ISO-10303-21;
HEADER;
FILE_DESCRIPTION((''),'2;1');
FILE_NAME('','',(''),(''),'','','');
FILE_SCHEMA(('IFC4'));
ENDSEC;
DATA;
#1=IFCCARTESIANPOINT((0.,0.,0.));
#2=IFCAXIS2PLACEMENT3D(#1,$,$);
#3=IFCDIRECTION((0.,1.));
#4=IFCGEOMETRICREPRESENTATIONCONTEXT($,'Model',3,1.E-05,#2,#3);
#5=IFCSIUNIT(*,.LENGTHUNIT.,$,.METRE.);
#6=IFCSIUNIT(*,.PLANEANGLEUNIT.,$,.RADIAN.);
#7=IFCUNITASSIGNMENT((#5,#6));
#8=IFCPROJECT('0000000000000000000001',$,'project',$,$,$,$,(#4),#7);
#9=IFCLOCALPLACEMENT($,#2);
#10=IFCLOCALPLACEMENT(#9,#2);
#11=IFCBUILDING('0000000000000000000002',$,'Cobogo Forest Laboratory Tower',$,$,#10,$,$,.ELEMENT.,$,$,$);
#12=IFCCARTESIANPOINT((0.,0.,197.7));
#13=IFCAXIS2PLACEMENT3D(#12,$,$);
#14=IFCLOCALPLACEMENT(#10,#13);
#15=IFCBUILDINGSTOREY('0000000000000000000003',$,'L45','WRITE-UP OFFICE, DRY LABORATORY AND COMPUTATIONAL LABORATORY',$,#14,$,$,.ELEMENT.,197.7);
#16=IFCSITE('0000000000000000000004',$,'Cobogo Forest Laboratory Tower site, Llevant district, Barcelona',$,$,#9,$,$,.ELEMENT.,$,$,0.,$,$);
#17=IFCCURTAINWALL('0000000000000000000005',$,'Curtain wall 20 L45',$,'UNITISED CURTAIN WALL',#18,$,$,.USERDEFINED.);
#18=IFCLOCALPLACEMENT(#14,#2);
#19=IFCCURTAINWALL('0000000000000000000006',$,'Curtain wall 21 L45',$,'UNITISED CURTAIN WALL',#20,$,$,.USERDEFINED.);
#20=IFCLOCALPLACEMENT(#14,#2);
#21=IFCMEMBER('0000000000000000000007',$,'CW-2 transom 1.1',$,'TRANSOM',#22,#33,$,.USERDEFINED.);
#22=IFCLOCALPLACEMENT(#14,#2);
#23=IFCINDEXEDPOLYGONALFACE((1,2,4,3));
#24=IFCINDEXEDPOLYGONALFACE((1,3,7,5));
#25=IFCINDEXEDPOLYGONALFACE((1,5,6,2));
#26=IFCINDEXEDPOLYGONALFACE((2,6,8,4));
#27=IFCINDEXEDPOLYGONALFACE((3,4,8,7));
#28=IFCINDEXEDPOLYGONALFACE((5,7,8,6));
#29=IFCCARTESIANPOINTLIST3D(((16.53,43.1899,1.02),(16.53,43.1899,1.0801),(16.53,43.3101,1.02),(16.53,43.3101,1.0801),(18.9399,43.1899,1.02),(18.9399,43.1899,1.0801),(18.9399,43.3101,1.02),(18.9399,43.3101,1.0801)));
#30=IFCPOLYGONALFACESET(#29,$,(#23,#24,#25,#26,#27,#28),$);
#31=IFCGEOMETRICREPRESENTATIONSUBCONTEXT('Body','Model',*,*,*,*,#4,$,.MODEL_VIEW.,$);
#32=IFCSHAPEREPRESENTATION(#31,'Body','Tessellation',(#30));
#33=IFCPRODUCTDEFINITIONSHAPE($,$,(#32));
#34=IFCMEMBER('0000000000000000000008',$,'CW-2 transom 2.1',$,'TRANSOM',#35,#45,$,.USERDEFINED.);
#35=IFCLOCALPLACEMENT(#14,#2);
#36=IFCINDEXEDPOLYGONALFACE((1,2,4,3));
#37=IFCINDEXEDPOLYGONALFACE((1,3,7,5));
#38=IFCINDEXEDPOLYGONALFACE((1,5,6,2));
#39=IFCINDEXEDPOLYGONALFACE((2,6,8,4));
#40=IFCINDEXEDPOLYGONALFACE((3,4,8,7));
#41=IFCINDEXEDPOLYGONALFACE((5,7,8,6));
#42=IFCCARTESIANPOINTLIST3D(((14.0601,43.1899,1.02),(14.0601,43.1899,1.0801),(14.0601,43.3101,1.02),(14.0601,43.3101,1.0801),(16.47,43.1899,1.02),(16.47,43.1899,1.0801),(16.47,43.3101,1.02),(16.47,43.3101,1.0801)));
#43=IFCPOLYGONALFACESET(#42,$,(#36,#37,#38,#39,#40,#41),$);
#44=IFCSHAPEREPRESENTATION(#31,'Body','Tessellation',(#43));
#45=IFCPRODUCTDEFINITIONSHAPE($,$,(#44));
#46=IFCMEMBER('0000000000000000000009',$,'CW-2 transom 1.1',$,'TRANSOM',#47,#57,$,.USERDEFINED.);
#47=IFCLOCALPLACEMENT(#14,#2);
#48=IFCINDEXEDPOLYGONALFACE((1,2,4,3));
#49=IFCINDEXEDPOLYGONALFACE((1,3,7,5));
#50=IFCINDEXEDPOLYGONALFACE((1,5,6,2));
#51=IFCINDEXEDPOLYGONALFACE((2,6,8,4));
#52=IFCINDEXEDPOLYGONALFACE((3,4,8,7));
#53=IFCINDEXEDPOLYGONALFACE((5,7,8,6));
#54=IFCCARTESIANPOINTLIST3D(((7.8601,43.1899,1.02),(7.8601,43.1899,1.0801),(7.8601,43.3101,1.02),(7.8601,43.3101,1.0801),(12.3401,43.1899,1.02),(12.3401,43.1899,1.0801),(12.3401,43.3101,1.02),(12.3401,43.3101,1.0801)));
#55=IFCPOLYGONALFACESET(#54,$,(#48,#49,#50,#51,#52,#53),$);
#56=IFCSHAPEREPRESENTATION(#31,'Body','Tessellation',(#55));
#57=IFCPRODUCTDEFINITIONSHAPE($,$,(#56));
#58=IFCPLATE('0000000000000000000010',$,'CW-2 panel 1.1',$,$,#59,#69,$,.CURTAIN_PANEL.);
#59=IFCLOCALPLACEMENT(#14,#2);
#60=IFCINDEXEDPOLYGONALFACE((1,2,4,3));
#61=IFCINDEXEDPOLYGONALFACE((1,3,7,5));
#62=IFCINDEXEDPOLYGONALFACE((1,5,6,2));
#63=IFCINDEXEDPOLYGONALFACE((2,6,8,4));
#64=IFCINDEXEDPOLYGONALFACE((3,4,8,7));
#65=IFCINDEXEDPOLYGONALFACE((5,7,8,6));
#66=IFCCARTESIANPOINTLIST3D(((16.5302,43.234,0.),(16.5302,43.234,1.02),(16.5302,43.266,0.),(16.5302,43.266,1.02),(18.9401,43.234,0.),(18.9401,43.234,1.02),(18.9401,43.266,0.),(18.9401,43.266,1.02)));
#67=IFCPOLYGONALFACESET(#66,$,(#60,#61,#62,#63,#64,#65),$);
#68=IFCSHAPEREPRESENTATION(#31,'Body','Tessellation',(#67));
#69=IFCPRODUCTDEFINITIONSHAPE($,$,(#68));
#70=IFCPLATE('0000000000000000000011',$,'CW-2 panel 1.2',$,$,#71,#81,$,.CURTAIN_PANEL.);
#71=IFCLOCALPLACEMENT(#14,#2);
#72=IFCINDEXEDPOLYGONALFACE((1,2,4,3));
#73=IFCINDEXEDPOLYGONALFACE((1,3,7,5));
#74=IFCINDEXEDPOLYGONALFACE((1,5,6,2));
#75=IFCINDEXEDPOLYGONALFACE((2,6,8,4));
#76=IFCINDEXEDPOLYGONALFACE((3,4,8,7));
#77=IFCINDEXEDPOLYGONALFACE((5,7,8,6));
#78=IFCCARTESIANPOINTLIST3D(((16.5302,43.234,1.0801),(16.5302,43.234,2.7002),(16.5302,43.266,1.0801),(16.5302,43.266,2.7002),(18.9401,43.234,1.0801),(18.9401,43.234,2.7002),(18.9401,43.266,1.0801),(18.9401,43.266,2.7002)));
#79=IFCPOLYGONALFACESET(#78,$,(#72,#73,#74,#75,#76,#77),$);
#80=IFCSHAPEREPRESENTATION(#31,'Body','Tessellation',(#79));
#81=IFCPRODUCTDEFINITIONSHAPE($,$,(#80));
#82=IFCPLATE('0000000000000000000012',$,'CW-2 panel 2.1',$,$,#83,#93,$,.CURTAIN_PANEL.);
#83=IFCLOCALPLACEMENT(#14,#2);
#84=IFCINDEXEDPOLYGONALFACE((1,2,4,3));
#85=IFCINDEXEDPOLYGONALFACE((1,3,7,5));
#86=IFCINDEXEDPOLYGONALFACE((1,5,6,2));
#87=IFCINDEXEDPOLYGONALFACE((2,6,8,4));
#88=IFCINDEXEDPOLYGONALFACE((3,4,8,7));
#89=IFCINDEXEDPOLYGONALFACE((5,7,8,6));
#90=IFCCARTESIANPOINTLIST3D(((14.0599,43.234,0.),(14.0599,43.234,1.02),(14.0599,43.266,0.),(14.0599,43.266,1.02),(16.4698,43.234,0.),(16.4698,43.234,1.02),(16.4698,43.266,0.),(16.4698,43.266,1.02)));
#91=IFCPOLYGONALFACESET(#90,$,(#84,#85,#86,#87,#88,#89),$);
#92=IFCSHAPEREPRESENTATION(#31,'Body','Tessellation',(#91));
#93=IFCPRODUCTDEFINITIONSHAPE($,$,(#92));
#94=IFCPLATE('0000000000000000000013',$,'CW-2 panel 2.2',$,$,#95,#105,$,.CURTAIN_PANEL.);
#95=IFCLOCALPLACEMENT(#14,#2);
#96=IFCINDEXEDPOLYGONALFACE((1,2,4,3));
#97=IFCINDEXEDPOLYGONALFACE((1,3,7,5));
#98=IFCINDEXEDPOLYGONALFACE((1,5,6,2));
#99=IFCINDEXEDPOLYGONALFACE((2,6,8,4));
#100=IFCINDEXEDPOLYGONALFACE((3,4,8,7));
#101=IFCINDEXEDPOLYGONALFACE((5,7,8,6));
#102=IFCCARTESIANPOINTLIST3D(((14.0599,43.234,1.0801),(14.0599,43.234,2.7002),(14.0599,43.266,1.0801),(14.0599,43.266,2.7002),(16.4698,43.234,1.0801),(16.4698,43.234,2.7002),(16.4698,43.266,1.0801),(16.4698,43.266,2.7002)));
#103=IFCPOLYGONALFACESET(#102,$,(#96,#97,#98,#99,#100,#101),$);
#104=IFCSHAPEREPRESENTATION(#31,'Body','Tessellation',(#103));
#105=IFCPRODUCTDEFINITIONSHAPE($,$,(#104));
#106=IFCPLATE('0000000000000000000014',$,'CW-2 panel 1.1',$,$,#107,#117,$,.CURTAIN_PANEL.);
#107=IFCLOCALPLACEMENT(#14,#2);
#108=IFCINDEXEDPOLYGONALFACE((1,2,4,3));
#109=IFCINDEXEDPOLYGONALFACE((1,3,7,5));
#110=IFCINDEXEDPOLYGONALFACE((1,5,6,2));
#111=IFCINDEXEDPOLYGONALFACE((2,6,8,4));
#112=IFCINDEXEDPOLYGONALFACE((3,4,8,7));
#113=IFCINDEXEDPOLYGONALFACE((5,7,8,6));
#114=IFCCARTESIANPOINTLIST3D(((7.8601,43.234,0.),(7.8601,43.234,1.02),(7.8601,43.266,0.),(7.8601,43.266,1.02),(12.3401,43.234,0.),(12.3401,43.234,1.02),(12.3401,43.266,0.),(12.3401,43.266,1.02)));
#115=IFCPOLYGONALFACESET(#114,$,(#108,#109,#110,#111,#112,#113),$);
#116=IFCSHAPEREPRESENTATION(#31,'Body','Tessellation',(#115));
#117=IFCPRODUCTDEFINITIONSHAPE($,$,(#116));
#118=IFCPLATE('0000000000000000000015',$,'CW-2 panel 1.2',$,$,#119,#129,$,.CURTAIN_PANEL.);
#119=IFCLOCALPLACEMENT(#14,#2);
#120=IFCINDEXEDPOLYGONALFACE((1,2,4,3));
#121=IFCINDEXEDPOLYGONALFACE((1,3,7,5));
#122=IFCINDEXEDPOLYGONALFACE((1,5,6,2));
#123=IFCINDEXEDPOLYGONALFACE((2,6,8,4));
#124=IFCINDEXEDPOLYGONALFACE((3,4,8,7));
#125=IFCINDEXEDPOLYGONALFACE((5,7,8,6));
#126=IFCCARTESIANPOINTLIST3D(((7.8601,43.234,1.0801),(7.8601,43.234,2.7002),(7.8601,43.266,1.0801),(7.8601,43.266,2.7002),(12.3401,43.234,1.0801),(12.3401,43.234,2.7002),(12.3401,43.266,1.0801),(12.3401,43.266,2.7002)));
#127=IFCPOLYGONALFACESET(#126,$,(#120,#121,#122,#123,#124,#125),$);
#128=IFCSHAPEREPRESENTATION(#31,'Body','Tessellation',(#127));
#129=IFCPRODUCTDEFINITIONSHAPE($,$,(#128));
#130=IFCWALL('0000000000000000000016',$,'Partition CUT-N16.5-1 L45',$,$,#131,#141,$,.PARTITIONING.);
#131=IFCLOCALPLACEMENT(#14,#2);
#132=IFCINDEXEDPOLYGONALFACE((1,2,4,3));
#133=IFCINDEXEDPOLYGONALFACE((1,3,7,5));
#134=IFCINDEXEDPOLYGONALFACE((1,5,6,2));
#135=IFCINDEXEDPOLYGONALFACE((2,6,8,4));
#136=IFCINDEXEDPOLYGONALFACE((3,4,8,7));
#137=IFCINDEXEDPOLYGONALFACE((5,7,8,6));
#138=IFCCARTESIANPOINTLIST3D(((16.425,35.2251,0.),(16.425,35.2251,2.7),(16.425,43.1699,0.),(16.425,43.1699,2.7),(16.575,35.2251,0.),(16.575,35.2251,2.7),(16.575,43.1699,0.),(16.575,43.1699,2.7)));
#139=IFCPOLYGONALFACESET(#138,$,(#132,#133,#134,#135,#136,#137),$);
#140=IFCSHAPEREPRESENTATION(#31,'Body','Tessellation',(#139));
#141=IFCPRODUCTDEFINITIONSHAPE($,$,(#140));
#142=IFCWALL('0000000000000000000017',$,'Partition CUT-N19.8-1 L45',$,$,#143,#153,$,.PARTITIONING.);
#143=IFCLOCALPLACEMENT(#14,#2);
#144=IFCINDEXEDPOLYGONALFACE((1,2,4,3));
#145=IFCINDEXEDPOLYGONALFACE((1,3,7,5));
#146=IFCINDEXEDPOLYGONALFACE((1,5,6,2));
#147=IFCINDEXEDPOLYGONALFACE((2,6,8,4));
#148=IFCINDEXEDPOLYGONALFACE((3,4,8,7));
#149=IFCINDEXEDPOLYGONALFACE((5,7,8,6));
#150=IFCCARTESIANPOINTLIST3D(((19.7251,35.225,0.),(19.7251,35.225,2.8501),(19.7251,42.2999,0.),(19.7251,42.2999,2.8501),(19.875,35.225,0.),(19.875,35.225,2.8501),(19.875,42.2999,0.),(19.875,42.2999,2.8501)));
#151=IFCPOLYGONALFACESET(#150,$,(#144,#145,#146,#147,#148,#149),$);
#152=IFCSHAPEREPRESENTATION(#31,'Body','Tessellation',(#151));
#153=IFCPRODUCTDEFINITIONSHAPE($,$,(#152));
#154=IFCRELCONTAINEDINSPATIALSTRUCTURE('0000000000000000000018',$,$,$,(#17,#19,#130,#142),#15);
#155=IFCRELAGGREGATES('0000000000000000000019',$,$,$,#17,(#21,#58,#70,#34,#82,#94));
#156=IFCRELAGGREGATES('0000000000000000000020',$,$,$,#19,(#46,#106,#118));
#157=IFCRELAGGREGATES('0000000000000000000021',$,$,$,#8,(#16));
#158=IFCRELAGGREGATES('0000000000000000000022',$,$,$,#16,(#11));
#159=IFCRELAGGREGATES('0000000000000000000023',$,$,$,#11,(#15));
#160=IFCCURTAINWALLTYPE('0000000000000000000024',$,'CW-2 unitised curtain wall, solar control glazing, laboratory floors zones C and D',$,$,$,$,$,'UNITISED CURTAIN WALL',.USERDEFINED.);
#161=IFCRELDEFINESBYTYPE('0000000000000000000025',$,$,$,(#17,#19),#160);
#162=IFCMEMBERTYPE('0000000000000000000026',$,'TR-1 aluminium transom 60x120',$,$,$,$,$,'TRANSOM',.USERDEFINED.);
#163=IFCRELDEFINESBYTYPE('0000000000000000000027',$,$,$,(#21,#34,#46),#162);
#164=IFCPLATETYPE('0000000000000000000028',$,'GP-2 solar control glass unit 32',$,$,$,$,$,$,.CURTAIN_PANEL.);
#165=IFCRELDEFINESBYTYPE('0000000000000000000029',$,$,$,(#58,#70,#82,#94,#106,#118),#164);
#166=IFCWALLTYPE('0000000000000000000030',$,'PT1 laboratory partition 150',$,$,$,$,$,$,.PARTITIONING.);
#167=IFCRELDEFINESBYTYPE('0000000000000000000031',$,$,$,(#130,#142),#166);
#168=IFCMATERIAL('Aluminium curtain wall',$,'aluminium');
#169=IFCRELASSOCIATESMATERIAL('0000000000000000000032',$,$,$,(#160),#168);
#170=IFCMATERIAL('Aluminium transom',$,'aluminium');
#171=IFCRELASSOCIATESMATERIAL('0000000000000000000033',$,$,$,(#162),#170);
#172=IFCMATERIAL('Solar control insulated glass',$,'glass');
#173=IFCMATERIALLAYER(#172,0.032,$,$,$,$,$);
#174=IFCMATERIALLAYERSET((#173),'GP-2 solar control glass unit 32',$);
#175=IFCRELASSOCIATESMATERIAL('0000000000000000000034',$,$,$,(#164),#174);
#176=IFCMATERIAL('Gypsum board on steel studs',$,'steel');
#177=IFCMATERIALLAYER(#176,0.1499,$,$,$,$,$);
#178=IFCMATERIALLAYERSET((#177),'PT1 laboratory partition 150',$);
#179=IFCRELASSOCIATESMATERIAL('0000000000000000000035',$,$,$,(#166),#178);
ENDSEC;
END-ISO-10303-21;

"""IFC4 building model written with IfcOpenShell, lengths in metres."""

from ifc_helpers import new_model, si_unit, direction, frame, frame_2d, origin, origin_2d, place, context, subcontext, project, spatial, rectangle, extrude, material, layer, layer_set, material_profile, profile_set, type_object, element, aggregate, save


model = new_model("IFC4")

# Units and contexts
model_context = context("Model", 3, precision=1e-05, world=origin(), true_north=direction((0.0, 1.0)))
body_context = subcontext(model_context, "Body", "Model", "MODEL_VIEW")
ifc_project = project(units=[si_unit("LENGTHUNIT", "METRE"), si_unit("PLANEANGLEUNIT", "RADIAN")], contexts=[model_context])

# Site, building, storey
site_placement = place(None, origin())
site = spatial("IfcSite", under=ifc_project, at=site_placement, Name="Cobogo Forest Laboratory Tower site, Llevant district, Barcelona", CompositionType="ELEMENT", RefElevation=0.0)
building_placement = place(site_placement, origin())
building = spatial("IfcBuilding", under=site, at=building_placement, Name="Cobogo Forest Laboratory Tower", CompositionType="ELEMENT")
storey_placement = place(building_placement, frame((0.0, 0.0, 197.7)))
storey = spatial("IfcBuildingStorey", under=building, at=storey_placement, Name="L45", Description="WRITE-UP OFFICE, DRY LABORATORY AND COMPUTATIONAL LABORATORY", CompositionType="ELEMENT", Elevation=197.7)

# Curtain walls
ifc_material_1 = material(Name="Aluminium curtain wall", Category="aluminium")
curtain_wall_type = type_object("IfcCurtainWallType", Name="CW-2 unitised curtain wall, solar control glazing, laboratory floors zones C and D", ElementType="UNITISED CURTAIN WALL", PredefinedType="USERDEFINED", material=ifc_material_1)
curtain_wall_1_placement = place(storey_placement, origin())
curtain_wall_1 = element("IfcCurtainWall", 1, at=curtain_wall_1_placement, inside=storey, type_object=curtain_wall_type, Name="Curtain wall 20 L45", ObjectType="UNITISED CURTAIN WALL", PredefinedType="USERDEFINED")
curtain_wall_2_placement = place(storey_placement, origin())
curtain_wall_2 = element("IfcCurtainWall", 2, at=curtain_wall_2_placement, inside=storey, type_object=curtain_wall_type, Name="Curtain wall 21 L45", ObjectType="UNITISED CURTAIN WALL", PredefinedType="USERDEFINED")

# Members
ifc_material_2 = material(Name="Aluminium transom", Category="aluminium")
ifc_material_profile_1 = material_profile(ifc_material_2, rectangle(XDim=0.1201, YDim=0.0601, at=origin_2d()), Name="AL 60x120")
ifc_profile_set_1 = profile_set([ifc_material_profile_1], Name="Aluminium transom")
member_type_1 = type_object("IfcMemberType", Name="TR-1 aluminium transom 60x120", ElementType="TRANSOM", PredefinedType="USERDEFINED", material=ifc_profile_set_1)
member_1_placement = place(storey_placement, frame((18.9399, 43.25, 1.05), z_axis=(-1.0, 0.0, 0.0), x_axis=(0.0, -1.0, 0.0)))
member_1 = element("IfcMember", 3, at=member_1_placement, type_object=member_type_1, Name="CW-2 transom 1.1", ObjectType="TRANSOM", PredefinedType="USERDEFINED", context=body_context, shape_type="SweptSolid", body=[
    extrude(rectangle(XDim=0.1201, YDim=0.0601, at=origin_2d()), origin(), (0.0, 0.0, 1.0), 2.4099),
])
member_2_placement = place(storey_placement, frame((16.47, 43.25, 1.05), z_axis=(-1.0, 0.0, 0.0), x_axis=(0.0, -1.0, 0.0)))
member_2 = element("IfcMember", 4, at=member_2_placement, type_object=member_type_1, Name="CW-2 transom 2.1", ObjectType="TRANSOM", PredefinedType="USERDEFINED", context=body_context, shape_type="SweptSolid", body=[
    extrude(rectangle(XDim=0.1201, YDim=0.0601, at=origin_2d()), origin(), (0.0, 0.0, 1.0), 2.4099),
])
member_3_placement = place(storey_placement, frame((12.3401, 43.25, 1.05), z_axis=(-1.0, 0.0, 0.0), x_axis=(0.0, -1.0, 0.0)))
member_3 = element("IfcMember", 5, at=member_3_placement, type_object=member_type_1, Name="CW-2 transom 1.1", ObjectType="TRANSOM", PredefinedType="USERDEFINED", context=body_context, shape_type="SweptSolid", body=[
    extrude(rectangle(XDim=0.1201, YDim=0.0601, at=origin_2d()), origin(), (0.0, 0.0, 1.0), 4.48),
])

# Plates
ifc_material_3 = material(Name="Solar control insulated glass", Category="glass")
ifc_layer_1 = layer(ifc_material_3, 0.032)
ifc_layer_set_1 = layer_set([ifc_layer_1], Name="GP-2 solar control glass unit 32")
plate_type_1 = type_object("IfcPlateType", Name="GP-2 solar control glass unit 32", PredefinedType="CURTAIN_PANEL", material=ifc_layer_set_1)
plate_1_placement = place(storey_placement, frame((17.7351, 43.25, 0.0), z_axis=(0.0, 0.0, 1.0), x_axis=(-1.0, 0.0, 0.0)))
plate_1 = element("IfcPlate", 6, at=plate_1_placement, type_object=plate_type_1, Name="CW-2 panel 1.1", PredefinedType="CURTAIN_PANEL", context=body_context, shape_type="SweptSolid", body=[
    extrude(rectangle(XDim=2.4099, YDim=0.032, at=origin_2d()), origin(), (0.0, 0.0, 1.0), 1.02),
])
plate_2_placement = place(storey_placement, frame((17.7351, 43.25, 1.0801), z_axis=(0.0, 0.0, 1.0), x_axis=(-1.0, 0.0, 0.0)))
plate_2 = element("IfcPlate", 7, at=plate_2_placement, type_object=plate_type_1, Name="CW-2 panel 1.2", PredefinedType="CURTAIN_PANEL", context=body_context, shape_type="SweptSolid", body=[
    extrude(rectangle(XDim=2.4099, YDim=0.032, at=origin_2d()), origin(), (0.0, 0.0, 1.0), 1.6201),
])
plate_3_placement = place(storey_placement, frame((15.2649, 43.25, 0.0), z_axis=(0.0, 0.0, 1.0), x_axis=(-1.0, 0.0, 0.0)))
plate_3 = element("IfcPlate", 8, at=plate_3_placement, type_object=plate_type_1, Name="CW-2 panel 2.1", PredefinedType="CURTAIN_PANEL", context=body_context, shape_type="SweptSolid", body=[
    extrude(rectangle(XDim=2.4099, YDim=0.032, at=origin_2d()), origin(), (0.0, 0.0, 1.0), 1.02),
])
plate_4_placement = place(storey_placement, frame((15.2649, 43.25, 1.0801), z_axis=(0.0, 0.0, 1.0), x_axis=(-1.0, 0.0, 0.0)))
plate_4 = element("IfcPlate", 9, at=plate_4_placement, type_object=plate_type_1, Name="CW-2 panel 2.2", PredefinedType="CURTAIN_PANEL", context=body_context, shape_type="SweptSolid", body=[
    extrude(rectangle(XDim=2.4099, YDim=0.032, at=origin_2d()), origin(), (0.0, 0.0, 1.0), 1.6201),
])
aggregate(curtain_wall_1, [member_1, plate_1, plate_2, member_2, plate_3, plate_4])
plate_5_placement = place(storey_placement, frame((10.1001, 43.25, 0.0), z_axis=(0.0, 0.0, 1.0), x_axis=(-1.0, 0.0, 0.0)))
plate_5 = element("IfcPlate", 10, at=plate_5_placement, type_object=plate_type_1, Name="CW-2 panel 1.1", PredefinedType="CURTAIN_PANEL", context=body_context, shape_type="SweptSolid", body=[
    extrude(rectangle(XDim=4.48, YDim=0.032, at=origin_2d()), origin(), (0.0, 0.0, 1.0), 1.02),
])
plate_6_placement = place(storey_placement, frame((10.1001, 43.25, 1.0801), z_axis=(0.0, 0.0, 1.0), x_axis=(-1.0, 0.0, 0.0)))
plate_6 = element("IfcPlate", 11, at=plate_6_placement, type_object=plate_type_1, Name="CW-2 panel 1.2", PredefinedType="CURTAIN_PANEL", context=body_context, shape_type="SweptSolid", body=[
    extrude(rectangle(XDim=4.48, YDim=0.032, at=origin_2d()), origin(), (0.0, 0.0, 1.0), 1.6201),
])
aggregate(curtain_wall_2, [member_3, plate_5, plate_6])

# Walls
ifc_material_4 = material(Name="Gypsum board on steel studs", Category="steel")
ifc_layer_2 = layer(ifc_material_4, 0.1499)
ifc_layer_set_2 = layer_set([ifc_layer_2], Name="PT1 laboratory partition 150")
wall_type_1 = type_object("IfcWallType", Name="PT1 laboratory partition 150", PredefinedType="PARTITIONING", material=ifc_layer_set_2)
wall_1_placement = place(storey_placement, frame((16.5, 43.1699, 0.0), z_axis=(0.0, 0.0, 1.0), x_axis=(0.0, -1.0, 0.0)))
element("IfcWall", 12, at=wall_1_placement, inside=storey, type_object=wall_type_1, Name="Partition CUT-N16.5-1 L45", PredefinedType="PARTITIONING", context=body_context, shape_type="SweptSolid", body=[
    extrude(rectangle(XDim=7.9448, YDim=0.1499, at=frame_2d((3.9724, 0.0))), origin(), (0.0, 0.0, 1.0), 2.7),
])
wall_2_placement = place(storey_placement, frame((19.8, 42.3, 0.0), z_axis=(0.0, 0.0, 1.0), x_axis=(0.0, -1.0, 0.0)))
element("IfcWall", 13, at=wall_2_placement, inside=storey, type_object=wall_type_1, Name="Partition CUT-N19.8-1 L45", PredefinedType="PARTITIONING", context=body_context, shape_type="SweptSolid", body=[
    extrude(rectangle(XDim=7.075, YDim=0.1499, at=frame_2d((3.5376, 0.0))), origin(), (0.0, 0.0, 1.0), 2.8501),
])

save(model, "model.ifc")
